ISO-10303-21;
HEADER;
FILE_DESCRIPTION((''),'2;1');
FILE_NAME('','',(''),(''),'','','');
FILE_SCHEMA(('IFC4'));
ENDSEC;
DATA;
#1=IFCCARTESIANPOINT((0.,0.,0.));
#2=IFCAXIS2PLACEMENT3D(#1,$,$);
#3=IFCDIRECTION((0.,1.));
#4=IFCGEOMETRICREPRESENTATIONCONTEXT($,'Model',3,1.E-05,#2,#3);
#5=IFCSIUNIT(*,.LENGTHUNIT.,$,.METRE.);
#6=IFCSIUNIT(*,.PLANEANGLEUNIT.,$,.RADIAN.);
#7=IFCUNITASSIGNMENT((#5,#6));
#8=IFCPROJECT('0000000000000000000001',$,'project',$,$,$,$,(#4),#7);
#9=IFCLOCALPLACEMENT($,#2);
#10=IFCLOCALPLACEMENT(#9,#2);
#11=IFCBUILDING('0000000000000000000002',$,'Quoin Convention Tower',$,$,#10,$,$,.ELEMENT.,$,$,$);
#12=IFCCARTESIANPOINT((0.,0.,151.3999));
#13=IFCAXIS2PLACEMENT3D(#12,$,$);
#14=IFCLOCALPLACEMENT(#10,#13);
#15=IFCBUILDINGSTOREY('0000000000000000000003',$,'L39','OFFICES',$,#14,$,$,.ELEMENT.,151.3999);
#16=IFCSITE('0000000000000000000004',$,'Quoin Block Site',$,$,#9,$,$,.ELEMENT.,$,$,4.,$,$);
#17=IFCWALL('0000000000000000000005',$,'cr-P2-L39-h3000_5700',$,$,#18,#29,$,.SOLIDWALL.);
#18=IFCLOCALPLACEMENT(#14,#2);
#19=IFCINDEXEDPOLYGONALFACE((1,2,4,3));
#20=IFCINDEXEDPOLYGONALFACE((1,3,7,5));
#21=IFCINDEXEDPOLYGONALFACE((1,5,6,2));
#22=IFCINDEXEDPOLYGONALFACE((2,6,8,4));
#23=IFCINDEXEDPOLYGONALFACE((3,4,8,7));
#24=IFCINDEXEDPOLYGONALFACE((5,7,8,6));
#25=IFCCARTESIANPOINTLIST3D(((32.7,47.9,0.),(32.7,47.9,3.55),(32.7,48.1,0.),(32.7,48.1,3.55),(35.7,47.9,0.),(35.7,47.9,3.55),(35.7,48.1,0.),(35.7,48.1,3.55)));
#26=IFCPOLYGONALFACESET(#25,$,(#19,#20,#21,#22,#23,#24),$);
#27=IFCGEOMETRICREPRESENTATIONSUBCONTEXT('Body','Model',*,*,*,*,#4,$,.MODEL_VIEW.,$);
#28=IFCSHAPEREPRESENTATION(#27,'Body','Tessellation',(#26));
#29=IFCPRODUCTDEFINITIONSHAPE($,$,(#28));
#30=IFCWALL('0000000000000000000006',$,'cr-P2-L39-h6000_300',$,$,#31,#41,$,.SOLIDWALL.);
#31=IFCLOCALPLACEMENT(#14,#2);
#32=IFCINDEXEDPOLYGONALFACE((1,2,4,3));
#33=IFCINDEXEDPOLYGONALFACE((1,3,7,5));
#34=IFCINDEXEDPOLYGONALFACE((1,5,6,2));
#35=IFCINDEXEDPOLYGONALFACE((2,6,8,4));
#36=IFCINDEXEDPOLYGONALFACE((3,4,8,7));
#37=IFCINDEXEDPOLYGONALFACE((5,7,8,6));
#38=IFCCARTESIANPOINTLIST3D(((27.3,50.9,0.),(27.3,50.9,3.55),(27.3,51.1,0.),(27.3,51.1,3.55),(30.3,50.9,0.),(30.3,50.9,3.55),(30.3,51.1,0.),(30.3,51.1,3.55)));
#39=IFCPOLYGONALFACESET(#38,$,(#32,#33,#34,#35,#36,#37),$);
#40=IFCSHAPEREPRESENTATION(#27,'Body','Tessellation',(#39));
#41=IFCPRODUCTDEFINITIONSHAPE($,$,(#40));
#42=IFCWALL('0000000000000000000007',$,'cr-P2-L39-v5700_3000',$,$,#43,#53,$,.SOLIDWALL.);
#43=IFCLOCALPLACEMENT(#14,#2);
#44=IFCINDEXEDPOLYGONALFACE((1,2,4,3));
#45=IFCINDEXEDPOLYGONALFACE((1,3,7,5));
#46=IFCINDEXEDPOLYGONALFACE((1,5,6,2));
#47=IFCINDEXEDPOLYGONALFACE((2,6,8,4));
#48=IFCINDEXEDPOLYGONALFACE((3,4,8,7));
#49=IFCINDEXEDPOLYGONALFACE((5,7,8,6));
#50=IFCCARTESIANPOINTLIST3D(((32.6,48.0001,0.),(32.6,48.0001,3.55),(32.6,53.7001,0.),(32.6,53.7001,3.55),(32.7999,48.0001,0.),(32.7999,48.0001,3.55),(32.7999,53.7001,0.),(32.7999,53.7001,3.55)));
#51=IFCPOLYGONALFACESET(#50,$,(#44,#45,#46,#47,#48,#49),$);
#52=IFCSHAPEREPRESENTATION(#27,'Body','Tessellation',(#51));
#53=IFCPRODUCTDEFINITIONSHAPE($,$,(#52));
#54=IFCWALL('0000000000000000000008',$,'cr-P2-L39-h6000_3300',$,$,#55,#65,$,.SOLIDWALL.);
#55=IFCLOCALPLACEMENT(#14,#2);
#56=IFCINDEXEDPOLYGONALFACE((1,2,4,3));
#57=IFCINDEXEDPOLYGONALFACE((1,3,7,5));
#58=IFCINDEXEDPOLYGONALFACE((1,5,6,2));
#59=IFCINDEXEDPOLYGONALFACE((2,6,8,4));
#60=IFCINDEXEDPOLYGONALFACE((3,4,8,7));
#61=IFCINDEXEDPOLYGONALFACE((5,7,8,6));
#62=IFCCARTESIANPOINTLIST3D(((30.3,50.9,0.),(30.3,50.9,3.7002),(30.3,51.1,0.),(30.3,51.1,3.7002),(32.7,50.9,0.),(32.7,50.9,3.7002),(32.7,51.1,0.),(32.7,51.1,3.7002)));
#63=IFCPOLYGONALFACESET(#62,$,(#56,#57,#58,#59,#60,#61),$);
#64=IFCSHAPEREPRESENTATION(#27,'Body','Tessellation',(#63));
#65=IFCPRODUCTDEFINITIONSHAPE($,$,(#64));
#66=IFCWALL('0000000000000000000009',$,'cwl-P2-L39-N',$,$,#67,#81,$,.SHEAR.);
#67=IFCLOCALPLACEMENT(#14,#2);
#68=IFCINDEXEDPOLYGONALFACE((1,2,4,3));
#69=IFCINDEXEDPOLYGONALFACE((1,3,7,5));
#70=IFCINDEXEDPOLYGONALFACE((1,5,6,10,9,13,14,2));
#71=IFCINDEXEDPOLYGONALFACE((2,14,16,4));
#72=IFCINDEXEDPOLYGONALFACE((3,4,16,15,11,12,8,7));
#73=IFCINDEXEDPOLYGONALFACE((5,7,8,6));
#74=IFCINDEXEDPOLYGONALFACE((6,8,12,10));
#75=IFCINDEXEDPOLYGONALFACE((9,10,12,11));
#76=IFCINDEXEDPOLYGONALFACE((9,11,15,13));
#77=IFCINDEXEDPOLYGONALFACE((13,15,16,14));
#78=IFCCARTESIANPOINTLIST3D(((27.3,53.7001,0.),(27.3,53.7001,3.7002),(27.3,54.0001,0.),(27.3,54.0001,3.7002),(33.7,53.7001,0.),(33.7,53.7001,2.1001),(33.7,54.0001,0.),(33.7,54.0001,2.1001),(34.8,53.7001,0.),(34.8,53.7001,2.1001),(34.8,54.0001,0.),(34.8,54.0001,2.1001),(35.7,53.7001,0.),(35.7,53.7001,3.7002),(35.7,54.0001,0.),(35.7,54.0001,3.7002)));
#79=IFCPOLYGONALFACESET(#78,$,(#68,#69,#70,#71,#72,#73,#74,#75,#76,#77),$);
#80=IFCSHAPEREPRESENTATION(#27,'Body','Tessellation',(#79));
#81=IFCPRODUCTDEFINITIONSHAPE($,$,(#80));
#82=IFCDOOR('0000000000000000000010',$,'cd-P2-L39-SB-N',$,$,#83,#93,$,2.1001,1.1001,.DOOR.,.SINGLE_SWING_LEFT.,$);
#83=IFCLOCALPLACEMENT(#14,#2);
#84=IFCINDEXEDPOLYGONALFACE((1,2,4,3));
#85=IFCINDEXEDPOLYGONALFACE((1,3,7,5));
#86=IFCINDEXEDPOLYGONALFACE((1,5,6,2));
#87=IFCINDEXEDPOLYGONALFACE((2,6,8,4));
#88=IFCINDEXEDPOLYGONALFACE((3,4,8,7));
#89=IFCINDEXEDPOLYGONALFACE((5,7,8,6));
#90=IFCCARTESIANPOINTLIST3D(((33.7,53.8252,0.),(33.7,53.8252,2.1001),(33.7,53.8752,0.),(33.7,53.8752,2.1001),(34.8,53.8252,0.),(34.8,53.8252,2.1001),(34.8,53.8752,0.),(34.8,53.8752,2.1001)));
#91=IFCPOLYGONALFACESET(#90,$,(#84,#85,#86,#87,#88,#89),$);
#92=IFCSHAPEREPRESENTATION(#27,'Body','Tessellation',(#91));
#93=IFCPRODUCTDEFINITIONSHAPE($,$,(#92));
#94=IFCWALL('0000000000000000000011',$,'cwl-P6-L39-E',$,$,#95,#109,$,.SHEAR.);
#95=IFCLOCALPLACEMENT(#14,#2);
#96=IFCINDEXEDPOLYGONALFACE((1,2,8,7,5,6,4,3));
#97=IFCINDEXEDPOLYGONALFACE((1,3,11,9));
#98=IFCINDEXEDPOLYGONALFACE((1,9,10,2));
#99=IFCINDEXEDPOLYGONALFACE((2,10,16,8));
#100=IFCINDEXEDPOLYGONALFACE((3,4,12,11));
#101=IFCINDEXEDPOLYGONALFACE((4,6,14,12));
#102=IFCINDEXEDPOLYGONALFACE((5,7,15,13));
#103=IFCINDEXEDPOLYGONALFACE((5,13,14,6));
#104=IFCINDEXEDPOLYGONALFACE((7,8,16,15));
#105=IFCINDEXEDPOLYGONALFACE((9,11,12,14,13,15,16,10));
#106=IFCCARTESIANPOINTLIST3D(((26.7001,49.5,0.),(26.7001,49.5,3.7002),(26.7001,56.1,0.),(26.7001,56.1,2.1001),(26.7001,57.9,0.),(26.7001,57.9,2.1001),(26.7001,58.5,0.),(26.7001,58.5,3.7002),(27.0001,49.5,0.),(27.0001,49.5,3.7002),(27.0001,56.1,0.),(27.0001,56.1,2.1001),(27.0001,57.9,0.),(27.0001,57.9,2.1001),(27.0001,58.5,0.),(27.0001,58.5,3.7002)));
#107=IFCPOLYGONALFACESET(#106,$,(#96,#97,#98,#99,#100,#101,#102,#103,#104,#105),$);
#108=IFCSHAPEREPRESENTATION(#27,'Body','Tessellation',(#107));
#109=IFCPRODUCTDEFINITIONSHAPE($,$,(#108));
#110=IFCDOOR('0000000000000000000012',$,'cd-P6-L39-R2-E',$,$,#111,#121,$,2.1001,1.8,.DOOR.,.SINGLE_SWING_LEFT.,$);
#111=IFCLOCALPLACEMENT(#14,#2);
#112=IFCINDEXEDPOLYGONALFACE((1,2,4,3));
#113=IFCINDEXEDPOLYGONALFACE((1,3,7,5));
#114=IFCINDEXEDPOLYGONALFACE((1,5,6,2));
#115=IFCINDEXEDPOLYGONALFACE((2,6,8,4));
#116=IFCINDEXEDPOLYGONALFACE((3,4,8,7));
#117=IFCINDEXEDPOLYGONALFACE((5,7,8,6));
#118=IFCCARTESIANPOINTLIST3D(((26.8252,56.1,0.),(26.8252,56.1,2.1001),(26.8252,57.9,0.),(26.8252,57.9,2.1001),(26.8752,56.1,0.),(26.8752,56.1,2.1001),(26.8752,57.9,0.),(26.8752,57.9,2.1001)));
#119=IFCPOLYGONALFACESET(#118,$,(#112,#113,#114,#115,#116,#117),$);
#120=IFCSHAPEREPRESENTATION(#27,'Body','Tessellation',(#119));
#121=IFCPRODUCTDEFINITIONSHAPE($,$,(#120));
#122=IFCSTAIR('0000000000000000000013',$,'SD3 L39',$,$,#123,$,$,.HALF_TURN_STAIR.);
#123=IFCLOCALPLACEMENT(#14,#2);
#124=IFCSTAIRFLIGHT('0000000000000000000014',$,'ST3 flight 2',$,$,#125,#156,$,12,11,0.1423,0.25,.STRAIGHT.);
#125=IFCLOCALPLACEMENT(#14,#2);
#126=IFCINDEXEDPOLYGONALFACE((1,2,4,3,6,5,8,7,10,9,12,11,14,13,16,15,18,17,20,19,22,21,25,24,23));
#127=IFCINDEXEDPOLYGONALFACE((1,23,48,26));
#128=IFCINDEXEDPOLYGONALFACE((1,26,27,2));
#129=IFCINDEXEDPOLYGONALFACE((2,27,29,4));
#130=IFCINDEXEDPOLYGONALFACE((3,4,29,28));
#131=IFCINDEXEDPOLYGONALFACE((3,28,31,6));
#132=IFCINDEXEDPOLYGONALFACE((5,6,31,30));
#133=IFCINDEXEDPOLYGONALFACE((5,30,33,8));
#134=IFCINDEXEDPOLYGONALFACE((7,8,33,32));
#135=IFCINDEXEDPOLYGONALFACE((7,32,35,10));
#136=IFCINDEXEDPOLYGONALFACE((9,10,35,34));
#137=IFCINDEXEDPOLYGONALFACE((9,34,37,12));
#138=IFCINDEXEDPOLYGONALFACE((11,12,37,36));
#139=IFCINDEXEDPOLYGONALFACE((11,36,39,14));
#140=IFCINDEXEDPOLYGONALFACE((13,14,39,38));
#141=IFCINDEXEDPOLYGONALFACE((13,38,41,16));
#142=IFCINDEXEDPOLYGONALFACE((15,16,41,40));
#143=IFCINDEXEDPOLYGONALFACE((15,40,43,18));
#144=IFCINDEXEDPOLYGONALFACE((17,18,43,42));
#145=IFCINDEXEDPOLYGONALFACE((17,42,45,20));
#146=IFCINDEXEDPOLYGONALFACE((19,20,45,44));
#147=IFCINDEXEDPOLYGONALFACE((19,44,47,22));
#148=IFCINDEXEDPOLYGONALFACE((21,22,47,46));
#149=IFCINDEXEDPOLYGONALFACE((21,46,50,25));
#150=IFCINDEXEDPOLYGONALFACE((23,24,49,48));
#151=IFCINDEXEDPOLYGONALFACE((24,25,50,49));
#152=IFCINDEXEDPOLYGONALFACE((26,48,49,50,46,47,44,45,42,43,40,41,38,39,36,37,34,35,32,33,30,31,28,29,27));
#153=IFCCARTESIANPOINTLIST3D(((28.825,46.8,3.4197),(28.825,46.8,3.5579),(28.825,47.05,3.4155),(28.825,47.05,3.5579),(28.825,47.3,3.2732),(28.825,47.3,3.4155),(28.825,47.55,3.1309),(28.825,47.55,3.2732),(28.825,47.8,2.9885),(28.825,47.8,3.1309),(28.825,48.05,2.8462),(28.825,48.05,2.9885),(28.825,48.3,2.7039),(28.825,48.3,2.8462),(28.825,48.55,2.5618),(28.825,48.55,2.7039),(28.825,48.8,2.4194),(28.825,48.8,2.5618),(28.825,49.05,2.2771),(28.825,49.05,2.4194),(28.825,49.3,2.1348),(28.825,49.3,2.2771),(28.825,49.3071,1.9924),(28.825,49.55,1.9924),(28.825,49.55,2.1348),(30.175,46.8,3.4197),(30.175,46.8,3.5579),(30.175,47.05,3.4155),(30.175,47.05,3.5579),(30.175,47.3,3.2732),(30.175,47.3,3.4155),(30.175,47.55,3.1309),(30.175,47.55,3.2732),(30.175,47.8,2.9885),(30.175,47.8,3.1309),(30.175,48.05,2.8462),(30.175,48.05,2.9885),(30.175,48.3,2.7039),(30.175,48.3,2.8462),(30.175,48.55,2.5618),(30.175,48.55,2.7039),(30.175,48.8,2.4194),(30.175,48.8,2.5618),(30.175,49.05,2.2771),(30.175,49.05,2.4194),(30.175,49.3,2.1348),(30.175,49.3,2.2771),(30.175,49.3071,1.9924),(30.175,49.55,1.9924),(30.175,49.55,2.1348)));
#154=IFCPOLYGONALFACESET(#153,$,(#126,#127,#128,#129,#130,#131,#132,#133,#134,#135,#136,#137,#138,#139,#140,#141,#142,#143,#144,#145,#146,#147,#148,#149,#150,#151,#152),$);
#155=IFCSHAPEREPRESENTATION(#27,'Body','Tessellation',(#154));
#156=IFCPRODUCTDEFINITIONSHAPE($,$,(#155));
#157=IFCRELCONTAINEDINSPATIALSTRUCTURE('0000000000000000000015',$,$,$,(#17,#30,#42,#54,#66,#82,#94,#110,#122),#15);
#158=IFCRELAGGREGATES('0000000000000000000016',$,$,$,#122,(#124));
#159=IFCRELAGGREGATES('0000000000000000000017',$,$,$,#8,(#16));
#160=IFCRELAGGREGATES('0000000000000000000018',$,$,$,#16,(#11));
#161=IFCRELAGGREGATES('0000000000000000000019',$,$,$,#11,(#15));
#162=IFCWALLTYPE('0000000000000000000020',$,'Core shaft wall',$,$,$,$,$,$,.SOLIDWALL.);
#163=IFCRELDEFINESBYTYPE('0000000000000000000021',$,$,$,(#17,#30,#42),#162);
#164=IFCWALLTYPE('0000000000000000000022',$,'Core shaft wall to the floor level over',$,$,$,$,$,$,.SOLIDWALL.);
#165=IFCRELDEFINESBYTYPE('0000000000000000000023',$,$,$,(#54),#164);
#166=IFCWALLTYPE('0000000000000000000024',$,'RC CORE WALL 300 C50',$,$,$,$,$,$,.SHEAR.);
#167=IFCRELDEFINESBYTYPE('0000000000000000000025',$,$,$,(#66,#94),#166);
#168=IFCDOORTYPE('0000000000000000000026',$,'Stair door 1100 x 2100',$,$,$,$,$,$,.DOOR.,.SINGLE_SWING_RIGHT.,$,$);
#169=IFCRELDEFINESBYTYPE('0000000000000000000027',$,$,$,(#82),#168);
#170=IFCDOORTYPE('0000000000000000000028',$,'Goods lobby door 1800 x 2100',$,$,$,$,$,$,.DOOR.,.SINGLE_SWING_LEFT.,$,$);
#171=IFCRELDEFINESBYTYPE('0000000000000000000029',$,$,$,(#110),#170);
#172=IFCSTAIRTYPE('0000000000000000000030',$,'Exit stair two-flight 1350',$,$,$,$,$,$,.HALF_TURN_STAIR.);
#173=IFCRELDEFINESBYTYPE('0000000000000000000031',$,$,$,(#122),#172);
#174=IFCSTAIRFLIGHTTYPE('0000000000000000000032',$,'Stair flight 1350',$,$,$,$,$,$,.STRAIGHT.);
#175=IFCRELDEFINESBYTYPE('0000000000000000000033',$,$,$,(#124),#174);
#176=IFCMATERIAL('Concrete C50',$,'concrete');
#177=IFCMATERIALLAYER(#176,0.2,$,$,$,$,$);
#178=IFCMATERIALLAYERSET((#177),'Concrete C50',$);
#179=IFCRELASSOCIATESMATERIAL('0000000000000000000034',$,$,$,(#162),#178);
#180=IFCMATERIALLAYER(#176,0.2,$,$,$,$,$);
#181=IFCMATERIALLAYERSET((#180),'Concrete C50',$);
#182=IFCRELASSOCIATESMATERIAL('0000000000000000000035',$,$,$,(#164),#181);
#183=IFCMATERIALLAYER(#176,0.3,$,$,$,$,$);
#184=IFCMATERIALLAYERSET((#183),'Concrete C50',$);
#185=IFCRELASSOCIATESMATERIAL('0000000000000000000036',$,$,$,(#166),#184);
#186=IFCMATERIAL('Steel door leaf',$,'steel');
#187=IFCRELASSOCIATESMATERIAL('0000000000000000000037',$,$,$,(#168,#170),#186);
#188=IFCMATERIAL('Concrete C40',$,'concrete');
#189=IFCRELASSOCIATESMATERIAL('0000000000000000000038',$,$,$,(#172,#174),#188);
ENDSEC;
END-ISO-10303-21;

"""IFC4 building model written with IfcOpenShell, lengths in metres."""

from ifc_helpers import new_model, si_unit, direction, frame, frame_2d, origin, place, context, subcontext, project, spatial, polyline, rectangle, outline, extrude, material, layer, layer_set, type_object, element, fill, aggregate, save


model = new_model("IFC4")

# Units and contexts
model_context = context("Model", 3, precision=1e-05, world=origin(), true_north=direction((0.0, 1.0)))
body_context = subcontext(model_context, "Body", "Model", "MODEL_VIEW")
ifc_project = project(units=[si_unit("LENGTHUNIT", "METRE"), si_unit("PLANEANGLEUNIT", "RADIAN")], contexts=[model_context])

# Site, building, storey
site_placement = place(None, origin())
site = spatial("IfcSite", under=ifc_project, at=site_placement, Name="Quoin Block Site", CompositionType="ELEMENT", RefElevation=4.0)
building_placement = place(site_placement, origin())
building = spatial("IfcBuilding", under=site, at=building_placement, Name="Quoin Convention Tower", CompositionType="ELEMENT")
storey_placement = place(building_placement, frame((0.0, 0.0, 151.3999)))
storey = spatial("IfcBuildingStorey", under=building, at=storey_placement, Name="L39", Description="OFFICES", CompositionType="ELEMENT", Elevation=151.3999)

# Shared definitions
ifc_material_1 = material(Name="Concrete C50", Category="concrete")

# Walls
ifc_layer_1 = layer(ifc_material_1, 0.2)
ifc_layer_set_1 = layer_set([ifc_layer_1], Name="Concrete C50")
wall_type_1 = type_object("IfcWallType", Name="Core shaft wall", PredefinedType="SOLIDWALL", material=ifc_layer_set_1)
for number, where, z_axis, x_axis, name in (
    (1, (32.7, 48.0, 0.0), (0.0, 0.0, 1.0), (1.0, 0.0, 0.0), "cr-P2-L39-h3000_5700"),
    (2, (27.3, 51.0, 0.0), (0.0, 0.0, 1.0), (1.0, 0.0, 0.0), "cr-P2-L39-h6000_300"),
):
    element("IfcWall", number, at=place(storey_placement, frame(where, z_axis=z_axis, x_axis=x_axis)), inside=storey, type_object=wall_type_1, Name=name, PredefinedType="SOLIDWALL", context=body_context, shape_type="SweptSolid", body=[
        extrude(rectangle(XDim=3.0, YDim=0.2, at=frame_2d((1.5, 0.0))), origin(), (0.0, 0.0, 1.0), 3.55),
    ])
wall_1_placement = place(storey_placement, frame((32.7, 48.0, 0.0), z_axis=(0.0, 0.0, 1.0), x_axis=(0.0, 1.0, 0.0)))
element("IfcWall", 3, at=wall_1_placement, inside=storey, type_object=wall_type_1, Name="cr-P2-L39-v5700_3000", PredefinedType="SOLIDWALL", context=body_context, shape_type="SweptSolid", body=[
    extrude(rectangle(XDim=5.7, YDim=0.2, at=frame_2d((2.8501, 0.0))), origin(), (0.0, 0.0, 1.0), 3.55),
])
ifc_layer_2 = layer(ifc_material_1, 0.2)
ifc_layer_set_2 = layer_set([ifc_layer_2], Name="Concrete C50")
wall_type_2 = type_object("IfcWallType", Name="Core shaft wall to the floor level over", PredefinedType="SOLIDWALL", material=ifc_layer_set_2)
wall_2_placement = place(storey_placement, frame((30.3, 51.0, 0.0), z_axis=(0.0, 0.0, 1.0), x_axis=(1.0, 0.0, 0.0)))
element("IfcWall", 4, at=wall_2_placement, inside=storey, type_object=wall_type_2, Name="cr-P2-L39-h6000_3300", PredefinedType="SOLIDWALL", context=body_context, shape_type="SweptSolid", body=[
    extrude(rectangle(XDim=2.3999, YDim=0.2, at=frame_2d((1.2, 0.0))), origin(), (0.0, 0.0, 1.0), 3.7002),
])

# Walls, openings, doors
ifc_layer_3 = layer(ifc_material_1, 0.3)
ifc_layer_set_3 = layer_set([ifc_layer_3], Name="Concrete C50")
wall_type_3 = type_object("IfcWallType", Name="RC CORE WALL 300 C50", PredefinedType="SHEAR", material=ifc_layer_set_3)
wall_3_placement = place(storey_placement, frame((27.3, 53.8501, 0.0), z_axis=(0.0, 0.0, 1.0), x_axis=(1.0, 0.0, 0.0)))
wall_3 = element("IfcWall", 5, at=wall_3_placement, inside=storey, type_object=wall_type_3, Name="cwl-P2-L39-N", PredefinedType="SHEAR", context=body_context, shape_type="SweptSolid", body=[
    extrude(rectangle(XDim=8.3999, YDim=0.3, at=frame_2d((4.2, 0.0))), origin(), (0.0, 0.0, 1.0), 3.7002),
])
opening_1_placement = place(wall_3_placement, frame((6.3999, 0.0, 0.0)))
opening_1 = element("IfcOpeningElement", 6, at=opening_1_placement, cuts=wall_3, PredefinedType="OPENING", context=body_context, shape_type="SweptSolid", body=[
    extrude(rectangle(XDim=1.1001, YDim=2.1001, at=frame_2d((0.55, 1.05))), frame((0.0, 0.1599, 0.0), z_axis=(0.0, -1.0, 0.0), x_axis=(1.0, 0.0, 0.0)), (0.0, 0.0, 1.0), 0.3201),
])
ifc_material_2 = material(Name="Steel door leaf", Category="steel")
door_type_1 = type_object("IfcDoorType", Name="Stair door 1100 x 2100", OperationType="SINGLE_SWING_RIGHT", PredefinedType="DOOR", material=ifc_material_2)
door_1_placement = place(opening_1_placement, frame((1.1001, 0.0, 0.0), z_axis=(0.0, 0.0, 1.0), x_axis=(-1.0, 0.0, 0.0)))
door_1 = element("IfcDoor", 7, at=door_1_placement, inside=storey, type_object=door_type_1, Name="cd-P2-L39-SB-N", OperationType="SINGLE_SWING_LEFT", OverallHeight=2.1001, OverallWidth=1.1001, PredefinedType="DOOR", context=body_context, shape_type="SweptSolid", body=[
    extrude(rectangle(XDim=1.1001, YDim=2.1001, at=frame_2d((0.55, 1.05))), frame((0.0, 0.0249, 0.0), z_axis=(0.0, -1.0, 0.0), x_axis=(1.0, 0.0, 0.0)), (0.0, 0.0, 1.0), 0.05),
])
fill(opening_1, door_1)
wall_4_placement = place(storey_placement, frame((26.8501, 49.5, 0.0), z_axis=(0.0, 0.0, 1.0), x_axis=(0.0, 1.0, 0.0)))
wall_4 = element("IfcWall", 8, at=wall_4_placement, inside=storey, type_object=wall_type_3, Name="cwl-P6-L39-E", PredefinedType="SHEAR", context=body_context, shape_type="SweptSolid", body=[
    extrude(rectangle(XDim=9.0, YDim=0.3, at=frame_2d((4.5, 0.0))), origin(), (0.0, 0.0, 1.0), 3.7002),
])
opening_2_placement = place(wall_4_placement, frame((6.6001, 0.0, 0.0)))
opening_2 = element("IfcOpeningElement", 9, at=opening_2_placement, cuts=wall_4, PredefinedType="OPENING", context=body_context, shape_type="SweptSolid", body=[
    extrude(rectangle(XDim=1.8, YDim=2.1001, at=frame_2d((0.8999, 1.05))), frame((0.0, 0.1599, 0.0), z_axis=(0.0, -1.0, 0.0), x_axis=(1.0, 0.0, 0.0)), (0.0, 0.0, 1.0), 0.3201),
])
door_type_2 = type_object("IfcDoorType", Name="Goods lobby door 1800 x 2100", OperationType="SINGLE_SWING_LEFT", PredefinedType="DOOR", material=ifc_material_2)
door_2_placement = place(opening_2_placement, origin())
door_2 = element("IfcDoor", 10, at=door_2_placement, inside=storey, type_object=door_type_2, Name="cd-P6-L39-R2-E", OperationType="SINGLE_SWING_LEFT", OverallHeight=2.1001, OverallWidth=1.8, PredefinedType="DOOR", context=body_context, shape_type="SweptSolid", body=[
    extrude(rectangle(XDim=1.8, YDim=2.1001, at=frame_2d((0.8999, 1.05))), frame((0.0, 0.0249, 0.0), z_axis=(0.0, -1.0, 0.0), x_axis=(1.0, 0.0, 0.0)), (0.0, 0.0, 1.0), 0.05),
])
fill(opening_2, door_2)

# Stair, stair flight
ifc_material_3 = material(Name="Concrete C40", Category="concrete")
stair_type_1 = type_object("IfcStairType", Name="Exit stair two-flight 1350", PredefinedType="HALF_TURN_STAIR", material=ifc_material_3)
stair_1_placement = place(storey_placement, origin())
stair_1 = element("IfcStair", 11, at=stair_1_placement, inside=storey, type_object=stair_type_1, Name="SD3 L39", PredefinedType="HALF_TURN_STAIR")
stair_flight_type_1 = type_object("IfcStairFlightType", Name="Stair flight 1350", PredefinedType="STRAIGHT", material=ifc_material_3)
stair_flight_1_placement = place(storey_placement, frame((29.5, 49.55, 1.9924), z_axis=(0.0, 0.0, 1.0), x_axis=(0.0, -1.0, 0.0)))
stair_flight_1 = element("IfcStairFlight", 12, at=stair_flight_1_placement, type_object=stair_flight_type_1, Name="ST3 flight 2", NumberOfRisers=12, NumberOfTreads=11, PredefinedType="STRAIGHT", RiserHeight=0.1423, TreadLength=0.25, context=body_context, shape_type="SweptSolid", body=[
    extrude(outline(polyline([(0.0, 0.0), (0.0, 0.1423), (0.25, 0.1423), (0.25, 0.2847), (0.5, 0.2847), (0.5, 0.427), (0.75, 0.427), (0.75, 0.5693), (1.0, 0.5693), (1.0, 0.7114), (1.25, 0.7114), (1.25, 0.8538), (1.5, 0.8538), (1.5, 0.9961), (1.75, 0.9961), (1.75, 1.1384), (2.0, 1.1384), (2.0, 1.2808), (2.25, 1.2808), (2.25, 1.4231), (2.5, 1.4231), (2.5, 1.5654), (2.75, 1.5654), (2.75, 1.7078), (2.75, 1.4272), (0.2429, 0.0), (0.0, 0.0)])), frame((0.0, 0.675, 0.0), z_axis=(0.0, -1.0, 0.0), x_axis=(1.0, 0.0, 0.0)), (0.0, 0.0, 1.0), 1.3501),
])
aggregate(stair_1, [stair_flight_1])

save(model, "model.ifc")
